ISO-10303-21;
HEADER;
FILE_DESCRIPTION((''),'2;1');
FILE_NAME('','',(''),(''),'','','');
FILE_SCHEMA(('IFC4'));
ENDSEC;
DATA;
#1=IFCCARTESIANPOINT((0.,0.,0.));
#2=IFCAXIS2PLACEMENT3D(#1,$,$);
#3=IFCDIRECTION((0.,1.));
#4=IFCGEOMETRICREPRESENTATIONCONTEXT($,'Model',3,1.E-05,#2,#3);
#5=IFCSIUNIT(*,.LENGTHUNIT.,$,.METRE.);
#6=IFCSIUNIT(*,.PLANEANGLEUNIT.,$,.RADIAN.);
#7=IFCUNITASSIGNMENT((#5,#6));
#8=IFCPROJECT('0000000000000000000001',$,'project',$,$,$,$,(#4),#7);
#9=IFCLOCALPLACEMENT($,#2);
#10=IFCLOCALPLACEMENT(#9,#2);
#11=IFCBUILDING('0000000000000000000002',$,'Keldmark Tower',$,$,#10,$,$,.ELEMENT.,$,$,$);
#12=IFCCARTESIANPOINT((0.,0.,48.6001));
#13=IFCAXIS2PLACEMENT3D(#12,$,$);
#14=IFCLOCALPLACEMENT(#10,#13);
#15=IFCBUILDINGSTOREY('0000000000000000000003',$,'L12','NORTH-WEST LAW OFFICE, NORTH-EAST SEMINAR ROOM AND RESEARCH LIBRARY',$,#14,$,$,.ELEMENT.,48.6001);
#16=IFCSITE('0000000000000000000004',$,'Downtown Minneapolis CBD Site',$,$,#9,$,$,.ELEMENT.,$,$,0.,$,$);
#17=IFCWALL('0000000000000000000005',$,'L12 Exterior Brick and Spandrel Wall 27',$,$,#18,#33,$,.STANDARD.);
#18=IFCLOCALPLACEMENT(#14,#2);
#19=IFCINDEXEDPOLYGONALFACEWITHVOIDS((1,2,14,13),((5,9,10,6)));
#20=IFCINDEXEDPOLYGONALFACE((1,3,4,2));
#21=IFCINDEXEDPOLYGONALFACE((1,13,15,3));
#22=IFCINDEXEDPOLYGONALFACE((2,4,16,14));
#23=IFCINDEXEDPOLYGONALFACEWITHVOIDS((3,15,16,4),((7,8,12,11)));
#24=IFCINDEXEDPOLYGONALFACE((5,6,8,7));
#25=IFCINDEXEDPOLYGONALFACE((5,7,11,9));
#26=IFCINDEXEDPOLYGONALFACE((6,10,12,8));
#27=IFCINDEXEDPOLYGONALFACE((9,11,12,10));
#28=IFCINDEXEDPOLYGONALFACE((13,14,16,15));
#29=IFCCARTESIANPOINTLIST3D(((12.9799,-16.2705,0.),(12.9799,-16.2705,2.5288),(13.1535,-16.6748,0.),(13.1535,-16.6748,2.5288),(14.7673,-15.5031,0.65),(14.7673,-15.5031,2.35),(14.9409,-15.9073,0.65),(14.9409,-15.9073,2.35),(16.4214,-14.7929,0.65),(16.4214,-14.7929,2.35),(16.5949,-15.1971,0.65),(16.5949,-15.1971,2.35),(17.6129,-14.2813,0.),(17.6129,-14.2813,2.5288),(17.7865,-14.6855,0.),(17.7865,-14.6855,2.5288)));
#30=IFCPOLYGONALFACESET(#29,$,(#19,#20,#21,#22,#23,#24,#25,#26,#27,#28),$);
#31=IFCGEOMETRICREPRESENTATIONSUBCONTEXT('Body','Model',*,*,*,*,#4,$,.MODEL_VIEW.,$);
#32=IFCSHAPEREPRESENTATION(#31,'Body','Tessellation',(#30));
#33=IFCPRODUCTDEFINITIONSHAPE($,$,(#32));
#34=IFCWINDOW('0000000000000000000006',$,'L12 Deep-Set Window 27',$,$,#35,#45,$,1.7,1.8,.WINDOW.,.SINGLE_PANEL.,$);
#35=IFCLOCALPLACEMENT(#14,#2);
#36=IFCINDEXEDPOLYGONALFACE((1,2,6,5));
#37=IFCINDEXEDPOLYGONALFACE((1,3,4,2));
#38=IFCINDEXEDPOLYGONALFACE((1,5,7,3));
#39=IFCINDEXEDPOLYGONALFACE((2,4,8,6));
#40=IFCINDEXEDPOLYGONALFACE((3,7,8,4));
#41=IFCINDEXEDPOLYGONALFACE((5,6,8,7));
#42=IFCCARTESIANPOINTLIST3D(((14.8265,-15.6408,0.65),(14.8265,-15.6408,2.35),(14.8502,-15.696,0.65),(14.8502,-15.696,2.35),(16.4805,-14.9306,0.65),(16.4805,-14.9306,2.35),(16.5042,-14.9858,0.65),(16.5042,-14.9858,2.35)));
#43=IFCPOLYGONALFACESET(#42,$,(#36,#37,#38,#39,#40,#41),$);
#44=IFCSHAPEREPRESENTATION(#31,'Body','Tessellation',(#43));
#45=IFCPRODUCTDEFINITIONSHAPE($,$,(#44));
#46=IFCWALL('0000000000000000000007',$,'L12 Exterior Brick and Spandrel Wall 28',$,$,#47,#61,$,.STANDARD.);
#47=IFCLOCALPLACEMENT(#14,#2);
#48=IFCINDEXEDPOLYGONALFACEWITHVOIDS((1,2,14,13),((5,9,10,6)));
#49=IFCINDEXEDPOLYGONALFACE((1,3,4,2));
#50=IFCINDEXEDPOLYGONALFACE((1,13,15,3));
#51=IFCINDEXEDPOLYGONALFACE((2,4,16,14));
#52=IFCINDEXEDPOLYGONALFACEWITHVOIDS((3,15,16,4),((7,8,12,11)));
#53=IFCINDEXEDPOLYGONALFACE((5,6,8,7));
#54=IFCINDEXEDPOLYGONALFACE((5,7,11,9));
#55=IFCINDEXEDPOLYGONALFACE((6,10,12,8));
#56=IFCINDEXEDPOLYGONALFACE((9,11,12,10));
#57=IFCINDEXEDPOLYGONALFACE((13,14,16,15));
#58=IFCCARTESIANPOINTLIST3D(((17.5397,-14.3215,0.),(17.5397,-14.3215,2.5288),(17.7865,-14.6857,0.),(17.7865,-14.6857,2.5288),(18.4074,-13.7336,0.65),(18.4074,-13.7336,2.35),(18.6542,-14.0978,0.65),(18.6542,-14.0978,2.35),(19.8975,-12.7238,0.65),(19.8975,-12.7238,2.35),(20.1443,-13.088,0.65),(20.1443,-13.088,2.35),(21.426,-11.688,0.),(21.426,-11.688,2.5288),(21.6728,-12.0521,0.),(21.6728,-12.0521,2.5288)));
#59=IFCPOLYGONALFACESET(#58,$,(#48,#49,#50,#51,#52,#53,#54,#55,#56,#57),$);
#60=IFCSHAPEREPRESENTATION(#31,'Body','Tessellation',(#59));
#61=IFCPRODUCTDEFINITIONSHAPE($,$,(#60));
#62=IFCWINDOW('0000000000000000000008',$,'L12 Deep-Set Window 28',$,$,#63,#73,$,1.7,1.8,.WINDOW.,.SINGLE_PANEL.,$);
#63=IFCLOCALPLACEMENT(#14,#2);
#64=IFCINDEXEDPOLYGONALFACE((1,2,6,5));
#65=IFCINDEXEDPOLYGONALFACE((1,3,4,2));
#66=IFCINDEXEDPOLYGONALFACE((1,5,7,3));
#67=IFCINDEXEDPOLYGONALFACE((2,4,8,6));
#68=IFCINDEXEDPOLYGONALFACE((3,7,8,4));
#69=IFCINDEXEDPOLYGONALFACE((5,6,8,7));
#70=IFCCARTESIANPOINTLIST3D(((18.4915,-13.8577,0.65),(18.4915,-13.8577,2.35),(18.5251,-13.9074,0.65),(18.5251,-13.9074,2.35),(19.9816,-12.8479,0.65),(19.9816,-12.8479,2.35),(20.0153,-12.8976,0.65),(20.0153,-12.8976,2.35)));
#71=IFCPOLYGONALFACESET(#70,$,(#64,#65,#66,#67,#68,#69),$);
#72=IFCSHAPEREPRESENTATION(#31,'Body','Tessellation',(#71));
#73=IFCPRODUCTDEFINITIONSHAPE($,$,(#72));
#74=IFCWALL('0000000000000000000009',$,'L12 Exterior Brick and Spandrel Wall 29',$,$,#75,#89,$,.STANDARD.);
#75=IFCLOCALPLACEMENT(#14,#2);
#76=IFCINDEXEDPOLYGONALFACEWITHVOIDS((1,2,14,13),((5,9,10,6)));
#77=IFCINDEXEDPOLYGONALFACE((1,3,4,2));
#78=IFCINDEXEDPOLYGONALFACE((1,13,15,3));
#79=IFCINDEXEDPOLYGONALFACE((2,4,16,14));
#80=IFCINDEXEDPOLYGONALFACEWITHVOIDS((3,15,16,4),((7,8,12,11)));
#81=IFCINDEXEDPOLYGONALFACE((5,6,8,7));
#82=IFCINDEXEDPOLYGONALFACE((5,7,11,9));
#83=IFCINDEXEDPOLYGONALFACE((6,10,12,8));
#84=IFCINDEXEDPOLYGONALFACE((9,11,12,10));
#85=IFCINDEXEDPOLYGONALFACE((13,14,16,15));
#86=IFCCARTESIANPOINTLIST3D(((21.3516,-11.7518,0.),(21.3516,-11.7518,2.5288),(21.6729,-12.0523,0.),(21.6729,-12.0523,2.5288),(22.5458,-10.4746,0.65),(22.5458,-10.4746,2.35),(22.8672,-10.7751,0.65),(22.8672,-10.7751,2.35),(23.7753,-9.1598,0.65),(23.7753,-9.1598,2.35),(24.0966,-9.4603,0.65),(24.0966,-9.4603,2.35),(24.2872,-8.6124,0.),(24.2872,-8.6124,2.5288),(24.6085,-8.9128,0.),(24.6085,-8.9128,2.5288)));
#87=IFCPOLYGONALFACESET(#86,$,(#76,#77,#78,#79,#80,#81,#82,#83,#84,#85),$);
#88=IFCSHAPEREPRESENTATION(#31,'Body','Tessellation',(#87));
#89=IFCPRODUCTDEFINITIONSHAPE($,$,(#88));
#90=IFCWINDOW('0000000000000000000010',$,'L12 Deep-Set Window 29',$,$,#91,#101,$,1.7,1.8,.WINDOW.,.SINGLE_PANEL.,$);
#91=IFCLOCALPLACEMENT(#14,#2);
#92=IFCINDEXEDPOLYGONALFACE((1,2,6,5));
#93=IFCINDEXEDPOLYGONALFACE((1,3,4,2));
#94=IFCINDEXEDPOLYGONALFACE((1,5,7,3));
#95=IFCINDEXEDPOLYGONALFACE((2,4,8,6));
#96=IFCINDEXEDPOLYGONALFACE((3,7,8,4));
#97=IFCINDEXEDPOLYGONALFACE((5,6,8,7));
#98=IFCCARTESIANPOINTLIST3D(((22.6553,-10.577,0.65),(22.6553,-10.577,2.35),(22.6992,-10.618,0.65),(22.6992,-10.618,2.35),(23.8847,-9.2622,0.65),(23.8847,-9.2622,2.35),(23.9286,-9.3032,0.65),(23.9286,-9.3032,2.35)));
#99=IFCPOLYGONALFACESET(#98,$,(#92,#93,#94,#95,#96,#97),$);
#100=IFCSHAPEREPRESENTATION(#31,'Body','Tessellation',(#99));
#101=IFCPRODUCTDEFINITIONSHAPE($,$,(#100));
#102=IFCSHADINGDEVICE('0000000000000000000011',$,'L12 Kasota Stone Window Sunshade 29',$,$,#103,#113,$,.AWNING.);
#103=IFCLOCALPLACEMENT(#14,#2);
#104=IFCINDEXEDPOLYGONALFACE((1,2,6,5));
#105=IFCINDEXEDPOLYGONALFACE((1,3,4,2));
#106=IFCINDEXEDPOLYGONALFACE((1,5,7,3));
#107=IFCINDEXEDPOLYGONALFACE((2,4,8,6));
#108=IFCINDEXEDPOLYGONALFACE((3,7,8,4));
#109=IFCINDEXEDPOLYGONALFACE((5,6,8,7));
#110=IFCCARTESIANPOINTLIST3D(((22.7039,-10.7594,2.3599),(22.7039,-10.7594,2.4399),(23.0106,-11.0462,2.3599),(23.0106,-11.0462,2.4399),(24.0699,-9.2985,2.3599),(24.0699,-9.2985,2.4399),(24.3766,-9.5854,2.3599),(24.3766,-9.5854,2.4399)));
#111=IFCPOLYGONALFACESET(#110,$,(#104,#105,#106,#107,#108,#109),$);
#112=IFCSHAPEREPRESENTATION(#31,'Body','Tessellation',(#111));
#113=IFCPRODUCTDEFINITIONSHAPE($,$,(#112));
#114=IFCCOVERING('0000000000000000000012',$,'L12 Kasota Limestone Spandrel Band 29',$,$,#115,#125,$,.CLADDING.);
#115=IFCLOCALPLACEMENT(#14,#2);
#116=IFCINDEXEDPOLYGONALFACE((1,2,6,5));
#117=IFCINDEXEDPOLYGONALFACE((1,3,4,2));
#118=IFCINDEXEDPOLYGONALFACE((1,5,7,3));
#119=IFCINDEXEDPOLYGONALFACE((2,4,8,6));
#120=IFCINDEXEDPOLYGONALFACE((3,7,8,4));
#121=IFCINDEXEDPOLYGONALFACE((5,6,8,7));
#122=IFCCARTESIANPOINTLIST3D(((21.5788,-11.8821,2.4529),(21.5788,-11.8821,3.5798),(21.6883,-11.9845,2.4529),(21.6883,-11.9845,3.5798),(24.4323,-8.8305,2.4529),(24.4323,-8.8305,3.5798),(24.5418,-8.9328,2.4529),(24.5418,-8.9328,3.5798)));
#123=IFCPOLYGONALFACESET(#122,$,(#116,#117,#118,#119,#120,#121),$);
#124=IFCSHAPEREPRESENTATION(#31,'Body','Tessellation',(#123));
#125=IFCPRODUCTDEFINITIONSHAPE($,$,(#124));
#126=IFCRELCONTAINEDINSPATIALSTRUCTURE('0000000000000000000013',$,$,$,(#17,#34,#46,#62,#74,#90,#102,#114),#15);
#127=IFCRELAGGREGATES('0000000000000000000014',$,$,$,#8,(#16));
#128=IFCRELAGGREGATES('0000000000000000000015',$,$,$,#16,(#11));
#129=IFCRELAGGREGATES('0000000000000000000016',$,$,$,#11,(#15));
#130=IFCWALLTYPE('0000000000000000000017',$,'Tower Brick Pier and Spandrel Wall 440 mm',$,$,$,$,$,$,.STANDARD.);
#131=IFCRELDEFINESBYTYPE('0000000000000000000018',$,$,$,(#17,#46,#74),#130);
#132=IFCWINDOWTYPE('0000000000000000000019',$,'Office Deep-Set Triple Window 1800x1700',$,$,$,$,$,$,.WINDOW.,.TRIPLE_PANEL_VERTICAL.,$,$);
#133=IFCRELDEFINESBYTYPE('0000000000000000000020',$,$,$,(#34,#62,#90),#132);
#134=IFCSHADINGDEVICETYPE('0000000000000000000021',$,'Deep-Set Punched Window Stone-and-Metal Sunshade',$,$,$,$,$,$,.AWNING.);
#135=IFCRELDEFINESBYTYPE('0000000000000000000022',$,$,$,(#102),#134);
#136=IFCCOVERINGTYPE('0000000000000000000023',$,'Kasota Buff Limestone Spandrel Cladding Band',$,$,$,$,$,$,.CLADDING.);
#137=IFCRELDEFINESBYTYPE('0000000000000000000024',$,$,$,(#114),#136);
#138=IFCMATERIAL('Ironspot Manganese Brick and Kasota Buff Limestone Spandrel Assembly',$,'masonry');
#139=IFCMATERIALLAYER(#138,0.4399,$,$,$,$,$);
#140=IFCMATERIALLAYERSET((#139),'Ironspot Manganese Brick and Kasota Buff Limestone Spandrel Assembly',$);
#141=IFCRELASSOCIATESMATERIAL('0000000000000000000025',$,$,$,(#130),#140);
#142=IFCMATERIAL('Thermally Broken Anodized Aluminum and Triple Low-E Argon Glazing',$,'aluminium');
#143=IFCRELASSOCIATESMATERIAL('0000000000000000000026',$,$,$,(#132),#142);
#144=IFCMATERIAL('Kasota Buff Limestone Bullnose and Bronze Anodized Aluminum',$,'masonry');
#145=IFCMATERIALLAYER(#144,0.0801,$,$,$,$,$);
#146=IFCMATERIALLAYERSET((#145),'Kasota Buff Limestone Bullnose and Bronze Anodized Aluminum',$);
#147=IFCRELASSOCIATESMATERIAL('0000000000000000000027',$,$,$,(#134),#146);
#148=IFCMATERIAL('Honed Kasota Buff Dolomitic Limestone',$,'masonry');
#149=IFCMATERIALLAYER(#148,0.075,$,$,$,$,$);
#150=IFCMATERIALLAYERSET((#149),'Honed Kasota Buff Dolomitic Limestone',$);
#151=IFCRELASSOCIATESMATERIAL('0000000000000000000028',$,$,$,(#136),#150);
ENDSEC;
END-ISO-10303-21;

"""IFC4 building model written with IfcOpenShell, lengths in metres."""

from ifc_helpers import new_model, si_unit, direction, frame, frame_2d, origin, origin_2d, place, context, subcontext, project, spatial, rectangle, extrude, material, layer, layer_set, type_object, element, fill, save


model = new_model("IFC4")

# Units and contexts
model_context = context("Model", 3, precision=1e-05, world=origin(), true_north=direction((0.0, 1.0)))
body_context = subcontext(model_context, "Body", "Model", "MODEL_VIEW")
ifc_project = project(units=[si_unit("LENGTHUNIT", "METRE"), si_unit("PLANEANGLEUNIT", "RADIAN")], contexts=[model_context])

# Site, building, storey
site_placement = place(None, origin())
site = spatial("IfcSite", under=ifc_project, at=site_placement, Name="Downtown Minneapolis CBD Site", CompositionType="ELEMENT", RefElevation=0.0)
building_placement = place(site_placement, origin())
building = spatial("IfcBuilding", under=site, at=building_placement, Name="Keldmark Tower", CompositionType="ELEMENT")
storey_placement = place(building_placement, frame((0.0, 0.0, 48.6001)))
storey = spatial("IfcBuildingStorey", under=building, at=storey_placement, Name="L12", Description="NORTH-WEST LAW OFFICE, NORTH-EAST SEMINAR ROOM AND RESEARCH LIBRARY", CompositionType="ELEMENT", Elevation=48.6001)

# Walls, openings, windows
ifc_material_1 = material(Name="Ironspot Manganese Brick and Kasota Buff Limestone Spandrel Assembly", Category="masonry")
ifc_layer_1 = layer(ifc_material_1, 0.4399)
ifc_layer_set_1 = layer_set([ifc_layer_1], Name="Ironspot Manganese Brick and Kasota Buff Limestone Spandrel Assembly")
wall_type_1 = type_object("IfcWallType", Name="Tower Brick Pier and Spandrel Wall 440 mm", PredefinedType="STANDARD", material=ifc_layer_set_1)
wall_1_placement = place(storey_placement, frame((17.6997, -14.4834, 0.0), z_axis=(0.0, 0.0, 1.0), x_axis=(-0.918882, -0.394533, 0.0)))
wall_1 = element("IfcWall", 1, at=wall_1_placement, inside=storey, type_object=wall_type_1, Name="L12 Exterior Brick and Spandrel Wall 27", PredefinedType="STANDARD", context=body_context, shape_type="SweptSolid", body=[
    extrude(rectangle(XDim=5.042, YDim=0.4399, at=frame_2d((2.521, 0.0))), origin(), (0.0, 0.0, 1.0), 2.5288),
])
opening_1_placement = place(wall_1_placement, frame((1.2969, 0.0, 0.6499)))
opening_1 = element("IfcOpeningElement", 2, at=opening_1_placement, cuts=wall_1, PredefinedType="OPENING", context=body_context, shape_type="SweptSolid", body=[
    extrude(rectangle(XDim=1.8, YDim=1.7, at=frame_2d((0.8999, 0.8501))), frame((0.0, 0.23, 0.0), z_axis=(0.0, -1.0, 0.0), x_axis=(1.0, 0.0, 0.0)), (0.0, 0.0, 1.0), 0.46),
])
ifc_material_2 = material(Name="Thermally Broken Anodized Aluminum and Triple Low-E Argon Glazing", Category="aluminium")
window_type = type_object("IfcWindowType", Name="Office Deep-Set Triple Window 1800x1700", PartitioningType="TRIPLE_PANEL_VERTICAL", PredefinedType="WINDOW", material=ifc_material_2)
window_1_placement = place(opening_1_placement, origin())
window_1 = element("IfcWindow", 3, at=window_1_placement, inside=storey, type_object=window_type, Name="L12 Deep-Set Window 27", OverallHeight=1.7, OverallWidth=1.8, PartitioningType="SINGLE_PANEL", PredefinedType="WINDOW", context=body_context, shape_type="SweptSolid", body=[
    extrude(rectangle(XDim=1.8, YDim=1.7, at=frame_2d((0.8999, 0.8501))), frame((0.0, -0.01, 0.0), z_axis=(0.0, -1.0, 0.0), x_axis=(1.0, 0.0, 0.0)), (0.0, 0.0, 1.0), 0.0601),
])
fill(opening_1, window_1)
wall_2_placement = place(storey_placement, frame((21.5493, -11.8701, 0.0), z_axis=(0.0, 0.0, 1.0), x_axis=(-0.827826, -0.560985, 0.0)))
wall_2 = element("IfcWall", 4, at=wall_2_placement, inside=storey, type_object=wall_type_1, Name="L12 Exterior Brick and Spandrel Wall 28", PredefinedType="STANDARD", context=body_context, shape_type="SweptSolid", body=[
    extrude(rectangle(XDim=4.6946, YDim=0.4399, at=frame_2d((2.3472, 0.0))), origin(), (0.0, 0.0, 1.0), 2.5288),
])
opening_2_placement = place(wall_2_placement, frame((1.8464, 0.0, 0.6499)))
opening_2 = element("IfcOpeningElement", 5, at=opening_2_placement, cuts=wall_2, PredefinedType="OPENING", context=body_context, shape_type="SweptSolid", body=[
    extrude(rectangle(XDim=1.8, YDim=1.7, at=frame_2d((0.8999, 0.8501))), frame((0.0, 0.23, 0.0), z_axis=(0.0, -1.0, 0.0), x_axis=(1.0, 0.0, 0.0)), (0.0, 0.0, 1.0), 0.46),
])
window_2_placement = place(opening_2_placement, origin())
window_2 = element("IfcWindow", 6, at=window_2_placement, inside=storey, type_object=window_type, Name="L12 Deep-Set Window 28", OverallHeight=1.7, OverallWidth=1.8, PartitioningType="SINGLE_PANEL", PredefinedType="WINDOW", context=body_context, shape_type="SweptSolid", body=[
    extrude(rectangle(XDim=1.8, YDim=1.7, at=frame_2d((0.8999, 0.8501))), frame((0.0, -0.01, 0.0), z_axis=(0.0, -1.0, 0.0), x_axis=(1.0, 0.0, 0.0)), (0.0, 0.0, 1.0), 0.0601),
])
fill(opening_2, window_2)
wall_3_placement = place(storey_placement, frame((24.4478, -8.7627, 0.0), z_axis=(0.0, 0.0, 1.0), x_axis=(-0.682994, -0.730424, 0.0)))
wall_3 = element("IfcWall", 7, at=wall_3_placement, inside=storey, type_object=wall_type_1, Name="L12 Exterior Brick and Spandrel Wall 29", PredefinedType="STANDARD", context=body_context, shape_type="SweptSolid", body=[
    extrude(rectangle(XDim=4.2981, YDim=0.4399, at=frame_2d((2.1489, 0.0))), origin(), (0.0, 0.0, 1.0), 2.5288),
])
opening_3_placement = place(wall_3_placement, frame((0.7495, 0.0, 0.6499)))
opening_3 = element("IfcOpeningElement", 8, at=opening_3_placement, cuts=wall_3, PredefinedType="OPENING", context=body_context, shape_type="SweptSolid", body=[
    extrude(rectangle(XDim=1.8, YDim=1.7, at=frame_2d((0.8999, 0.8501))), frame((0.0, 0.23, 0.0), z_axis=(0.0, -1.0, 0.0), x_axis=(1.0, 0.0, 0.0)), (0.0, 0.0, 1.0), 0.46),
])
window_3_placement = place(opening_3_placement, origin())
window_3 = element("IfcWindow", 9, at=window_3_placement, inside=storey, type_object=window_type, Name="L12 Deep-Set Window 29", OverallHeight=1.7, OverallWidth=1.8, PartitioningType="SINGLE_PANEL", PredefinedType="WINDOW", context=body_context, shape_type="SweptSolid", body=[
    extrude(rectangle(XDim=1.8, YDim=1.7, at=frame_2d((0.8999, 0.8501))), frame((0.0, -0.01, 0.0), z_axis=(0.0, -1.0, 0.0), x_axis=(1.0, 0.0, 0.0)), (0.0, 0.0, 1.0), 0.0601),
])
fill(opening_3, window_3)

# Shading device
ifc_material_3 = material(Name="Kasota Buff Limestone Bullnose and Bronze Anodized Aluminum", Category="masonry")
ifc_layer_2 = layer(ifc_material_3, 0.0801)
ifc_layer_set_2 = layer_set([ifc_layer_2], Name="Kasota Buff Limestone Bullnose and Bronze Anodized Aluminum")
shading_device_type = type_object("IfcShadingDeviceType", Name="Deep-Set Punched Window Stone-and-Metal Sunshade", PredefinedType="AWNING", material=ifc_layer_set_2)
shading_device_placement = place(storey_placement, frame((23.5403, -10.1724, 2.3599), z_axis=(0.0, 0.0, 1.0), x_axis=(-0.683006, -0.730413, 0.0)))
element("IfcShadingDevice", 10, at=shading_device_placement, inside=storey, type_object=shading_device_type, Name="L12 Kasota Stone Window Sunshade 29", PredefinedType="AWNING", context=body_context, shape_type="SweptSolid", body=[
    extrude(rectangle(XDim=2.0, YDim=0.4199, at=origin_2d()), origin(), (0.0, 0.0, 1.0), 0.0801),
])

# Covering
ifc_material_4 = material(Name="Honed Kasota Buff Dolomitic Limestone", Category="masonry")
ifc_layer_3 = layer(ifc_material_4, 0.075)
ifc_layer_set_3 = layer_set([ifc_layer_3], Name="Honed Kasota Buff Dolomitic Limestone")
covering_type = type_object("IfcCoveringType", Name="Kasota Buff Limestone Spandrel Cladding Band", PredefinedType="CLADDING", material=ifc_layer_set_3)
covering_placement = place(storey_placement, frame((23.0603, -10.4075, 2.4529), z_axis=(0.0, 0.0, 1.0), x_axis=(0.683006, 0.730413, 0.0)))
element("IfcCovering", 11, at=covering_placement, inside=storey, type_object=covering_type, Name="L12 Kasota Limestone Spandrel Band 29", PredefinedType="CLADDING", context=body_context, shape_type="SweptSolid", body=[
    extrude(rectangle(XDim=4.178, YDim=0.1499, at=origin_2d()), origin(), (0.0, 0.0, 1.0), 1.127),
])

save(model, "model.ifc")
